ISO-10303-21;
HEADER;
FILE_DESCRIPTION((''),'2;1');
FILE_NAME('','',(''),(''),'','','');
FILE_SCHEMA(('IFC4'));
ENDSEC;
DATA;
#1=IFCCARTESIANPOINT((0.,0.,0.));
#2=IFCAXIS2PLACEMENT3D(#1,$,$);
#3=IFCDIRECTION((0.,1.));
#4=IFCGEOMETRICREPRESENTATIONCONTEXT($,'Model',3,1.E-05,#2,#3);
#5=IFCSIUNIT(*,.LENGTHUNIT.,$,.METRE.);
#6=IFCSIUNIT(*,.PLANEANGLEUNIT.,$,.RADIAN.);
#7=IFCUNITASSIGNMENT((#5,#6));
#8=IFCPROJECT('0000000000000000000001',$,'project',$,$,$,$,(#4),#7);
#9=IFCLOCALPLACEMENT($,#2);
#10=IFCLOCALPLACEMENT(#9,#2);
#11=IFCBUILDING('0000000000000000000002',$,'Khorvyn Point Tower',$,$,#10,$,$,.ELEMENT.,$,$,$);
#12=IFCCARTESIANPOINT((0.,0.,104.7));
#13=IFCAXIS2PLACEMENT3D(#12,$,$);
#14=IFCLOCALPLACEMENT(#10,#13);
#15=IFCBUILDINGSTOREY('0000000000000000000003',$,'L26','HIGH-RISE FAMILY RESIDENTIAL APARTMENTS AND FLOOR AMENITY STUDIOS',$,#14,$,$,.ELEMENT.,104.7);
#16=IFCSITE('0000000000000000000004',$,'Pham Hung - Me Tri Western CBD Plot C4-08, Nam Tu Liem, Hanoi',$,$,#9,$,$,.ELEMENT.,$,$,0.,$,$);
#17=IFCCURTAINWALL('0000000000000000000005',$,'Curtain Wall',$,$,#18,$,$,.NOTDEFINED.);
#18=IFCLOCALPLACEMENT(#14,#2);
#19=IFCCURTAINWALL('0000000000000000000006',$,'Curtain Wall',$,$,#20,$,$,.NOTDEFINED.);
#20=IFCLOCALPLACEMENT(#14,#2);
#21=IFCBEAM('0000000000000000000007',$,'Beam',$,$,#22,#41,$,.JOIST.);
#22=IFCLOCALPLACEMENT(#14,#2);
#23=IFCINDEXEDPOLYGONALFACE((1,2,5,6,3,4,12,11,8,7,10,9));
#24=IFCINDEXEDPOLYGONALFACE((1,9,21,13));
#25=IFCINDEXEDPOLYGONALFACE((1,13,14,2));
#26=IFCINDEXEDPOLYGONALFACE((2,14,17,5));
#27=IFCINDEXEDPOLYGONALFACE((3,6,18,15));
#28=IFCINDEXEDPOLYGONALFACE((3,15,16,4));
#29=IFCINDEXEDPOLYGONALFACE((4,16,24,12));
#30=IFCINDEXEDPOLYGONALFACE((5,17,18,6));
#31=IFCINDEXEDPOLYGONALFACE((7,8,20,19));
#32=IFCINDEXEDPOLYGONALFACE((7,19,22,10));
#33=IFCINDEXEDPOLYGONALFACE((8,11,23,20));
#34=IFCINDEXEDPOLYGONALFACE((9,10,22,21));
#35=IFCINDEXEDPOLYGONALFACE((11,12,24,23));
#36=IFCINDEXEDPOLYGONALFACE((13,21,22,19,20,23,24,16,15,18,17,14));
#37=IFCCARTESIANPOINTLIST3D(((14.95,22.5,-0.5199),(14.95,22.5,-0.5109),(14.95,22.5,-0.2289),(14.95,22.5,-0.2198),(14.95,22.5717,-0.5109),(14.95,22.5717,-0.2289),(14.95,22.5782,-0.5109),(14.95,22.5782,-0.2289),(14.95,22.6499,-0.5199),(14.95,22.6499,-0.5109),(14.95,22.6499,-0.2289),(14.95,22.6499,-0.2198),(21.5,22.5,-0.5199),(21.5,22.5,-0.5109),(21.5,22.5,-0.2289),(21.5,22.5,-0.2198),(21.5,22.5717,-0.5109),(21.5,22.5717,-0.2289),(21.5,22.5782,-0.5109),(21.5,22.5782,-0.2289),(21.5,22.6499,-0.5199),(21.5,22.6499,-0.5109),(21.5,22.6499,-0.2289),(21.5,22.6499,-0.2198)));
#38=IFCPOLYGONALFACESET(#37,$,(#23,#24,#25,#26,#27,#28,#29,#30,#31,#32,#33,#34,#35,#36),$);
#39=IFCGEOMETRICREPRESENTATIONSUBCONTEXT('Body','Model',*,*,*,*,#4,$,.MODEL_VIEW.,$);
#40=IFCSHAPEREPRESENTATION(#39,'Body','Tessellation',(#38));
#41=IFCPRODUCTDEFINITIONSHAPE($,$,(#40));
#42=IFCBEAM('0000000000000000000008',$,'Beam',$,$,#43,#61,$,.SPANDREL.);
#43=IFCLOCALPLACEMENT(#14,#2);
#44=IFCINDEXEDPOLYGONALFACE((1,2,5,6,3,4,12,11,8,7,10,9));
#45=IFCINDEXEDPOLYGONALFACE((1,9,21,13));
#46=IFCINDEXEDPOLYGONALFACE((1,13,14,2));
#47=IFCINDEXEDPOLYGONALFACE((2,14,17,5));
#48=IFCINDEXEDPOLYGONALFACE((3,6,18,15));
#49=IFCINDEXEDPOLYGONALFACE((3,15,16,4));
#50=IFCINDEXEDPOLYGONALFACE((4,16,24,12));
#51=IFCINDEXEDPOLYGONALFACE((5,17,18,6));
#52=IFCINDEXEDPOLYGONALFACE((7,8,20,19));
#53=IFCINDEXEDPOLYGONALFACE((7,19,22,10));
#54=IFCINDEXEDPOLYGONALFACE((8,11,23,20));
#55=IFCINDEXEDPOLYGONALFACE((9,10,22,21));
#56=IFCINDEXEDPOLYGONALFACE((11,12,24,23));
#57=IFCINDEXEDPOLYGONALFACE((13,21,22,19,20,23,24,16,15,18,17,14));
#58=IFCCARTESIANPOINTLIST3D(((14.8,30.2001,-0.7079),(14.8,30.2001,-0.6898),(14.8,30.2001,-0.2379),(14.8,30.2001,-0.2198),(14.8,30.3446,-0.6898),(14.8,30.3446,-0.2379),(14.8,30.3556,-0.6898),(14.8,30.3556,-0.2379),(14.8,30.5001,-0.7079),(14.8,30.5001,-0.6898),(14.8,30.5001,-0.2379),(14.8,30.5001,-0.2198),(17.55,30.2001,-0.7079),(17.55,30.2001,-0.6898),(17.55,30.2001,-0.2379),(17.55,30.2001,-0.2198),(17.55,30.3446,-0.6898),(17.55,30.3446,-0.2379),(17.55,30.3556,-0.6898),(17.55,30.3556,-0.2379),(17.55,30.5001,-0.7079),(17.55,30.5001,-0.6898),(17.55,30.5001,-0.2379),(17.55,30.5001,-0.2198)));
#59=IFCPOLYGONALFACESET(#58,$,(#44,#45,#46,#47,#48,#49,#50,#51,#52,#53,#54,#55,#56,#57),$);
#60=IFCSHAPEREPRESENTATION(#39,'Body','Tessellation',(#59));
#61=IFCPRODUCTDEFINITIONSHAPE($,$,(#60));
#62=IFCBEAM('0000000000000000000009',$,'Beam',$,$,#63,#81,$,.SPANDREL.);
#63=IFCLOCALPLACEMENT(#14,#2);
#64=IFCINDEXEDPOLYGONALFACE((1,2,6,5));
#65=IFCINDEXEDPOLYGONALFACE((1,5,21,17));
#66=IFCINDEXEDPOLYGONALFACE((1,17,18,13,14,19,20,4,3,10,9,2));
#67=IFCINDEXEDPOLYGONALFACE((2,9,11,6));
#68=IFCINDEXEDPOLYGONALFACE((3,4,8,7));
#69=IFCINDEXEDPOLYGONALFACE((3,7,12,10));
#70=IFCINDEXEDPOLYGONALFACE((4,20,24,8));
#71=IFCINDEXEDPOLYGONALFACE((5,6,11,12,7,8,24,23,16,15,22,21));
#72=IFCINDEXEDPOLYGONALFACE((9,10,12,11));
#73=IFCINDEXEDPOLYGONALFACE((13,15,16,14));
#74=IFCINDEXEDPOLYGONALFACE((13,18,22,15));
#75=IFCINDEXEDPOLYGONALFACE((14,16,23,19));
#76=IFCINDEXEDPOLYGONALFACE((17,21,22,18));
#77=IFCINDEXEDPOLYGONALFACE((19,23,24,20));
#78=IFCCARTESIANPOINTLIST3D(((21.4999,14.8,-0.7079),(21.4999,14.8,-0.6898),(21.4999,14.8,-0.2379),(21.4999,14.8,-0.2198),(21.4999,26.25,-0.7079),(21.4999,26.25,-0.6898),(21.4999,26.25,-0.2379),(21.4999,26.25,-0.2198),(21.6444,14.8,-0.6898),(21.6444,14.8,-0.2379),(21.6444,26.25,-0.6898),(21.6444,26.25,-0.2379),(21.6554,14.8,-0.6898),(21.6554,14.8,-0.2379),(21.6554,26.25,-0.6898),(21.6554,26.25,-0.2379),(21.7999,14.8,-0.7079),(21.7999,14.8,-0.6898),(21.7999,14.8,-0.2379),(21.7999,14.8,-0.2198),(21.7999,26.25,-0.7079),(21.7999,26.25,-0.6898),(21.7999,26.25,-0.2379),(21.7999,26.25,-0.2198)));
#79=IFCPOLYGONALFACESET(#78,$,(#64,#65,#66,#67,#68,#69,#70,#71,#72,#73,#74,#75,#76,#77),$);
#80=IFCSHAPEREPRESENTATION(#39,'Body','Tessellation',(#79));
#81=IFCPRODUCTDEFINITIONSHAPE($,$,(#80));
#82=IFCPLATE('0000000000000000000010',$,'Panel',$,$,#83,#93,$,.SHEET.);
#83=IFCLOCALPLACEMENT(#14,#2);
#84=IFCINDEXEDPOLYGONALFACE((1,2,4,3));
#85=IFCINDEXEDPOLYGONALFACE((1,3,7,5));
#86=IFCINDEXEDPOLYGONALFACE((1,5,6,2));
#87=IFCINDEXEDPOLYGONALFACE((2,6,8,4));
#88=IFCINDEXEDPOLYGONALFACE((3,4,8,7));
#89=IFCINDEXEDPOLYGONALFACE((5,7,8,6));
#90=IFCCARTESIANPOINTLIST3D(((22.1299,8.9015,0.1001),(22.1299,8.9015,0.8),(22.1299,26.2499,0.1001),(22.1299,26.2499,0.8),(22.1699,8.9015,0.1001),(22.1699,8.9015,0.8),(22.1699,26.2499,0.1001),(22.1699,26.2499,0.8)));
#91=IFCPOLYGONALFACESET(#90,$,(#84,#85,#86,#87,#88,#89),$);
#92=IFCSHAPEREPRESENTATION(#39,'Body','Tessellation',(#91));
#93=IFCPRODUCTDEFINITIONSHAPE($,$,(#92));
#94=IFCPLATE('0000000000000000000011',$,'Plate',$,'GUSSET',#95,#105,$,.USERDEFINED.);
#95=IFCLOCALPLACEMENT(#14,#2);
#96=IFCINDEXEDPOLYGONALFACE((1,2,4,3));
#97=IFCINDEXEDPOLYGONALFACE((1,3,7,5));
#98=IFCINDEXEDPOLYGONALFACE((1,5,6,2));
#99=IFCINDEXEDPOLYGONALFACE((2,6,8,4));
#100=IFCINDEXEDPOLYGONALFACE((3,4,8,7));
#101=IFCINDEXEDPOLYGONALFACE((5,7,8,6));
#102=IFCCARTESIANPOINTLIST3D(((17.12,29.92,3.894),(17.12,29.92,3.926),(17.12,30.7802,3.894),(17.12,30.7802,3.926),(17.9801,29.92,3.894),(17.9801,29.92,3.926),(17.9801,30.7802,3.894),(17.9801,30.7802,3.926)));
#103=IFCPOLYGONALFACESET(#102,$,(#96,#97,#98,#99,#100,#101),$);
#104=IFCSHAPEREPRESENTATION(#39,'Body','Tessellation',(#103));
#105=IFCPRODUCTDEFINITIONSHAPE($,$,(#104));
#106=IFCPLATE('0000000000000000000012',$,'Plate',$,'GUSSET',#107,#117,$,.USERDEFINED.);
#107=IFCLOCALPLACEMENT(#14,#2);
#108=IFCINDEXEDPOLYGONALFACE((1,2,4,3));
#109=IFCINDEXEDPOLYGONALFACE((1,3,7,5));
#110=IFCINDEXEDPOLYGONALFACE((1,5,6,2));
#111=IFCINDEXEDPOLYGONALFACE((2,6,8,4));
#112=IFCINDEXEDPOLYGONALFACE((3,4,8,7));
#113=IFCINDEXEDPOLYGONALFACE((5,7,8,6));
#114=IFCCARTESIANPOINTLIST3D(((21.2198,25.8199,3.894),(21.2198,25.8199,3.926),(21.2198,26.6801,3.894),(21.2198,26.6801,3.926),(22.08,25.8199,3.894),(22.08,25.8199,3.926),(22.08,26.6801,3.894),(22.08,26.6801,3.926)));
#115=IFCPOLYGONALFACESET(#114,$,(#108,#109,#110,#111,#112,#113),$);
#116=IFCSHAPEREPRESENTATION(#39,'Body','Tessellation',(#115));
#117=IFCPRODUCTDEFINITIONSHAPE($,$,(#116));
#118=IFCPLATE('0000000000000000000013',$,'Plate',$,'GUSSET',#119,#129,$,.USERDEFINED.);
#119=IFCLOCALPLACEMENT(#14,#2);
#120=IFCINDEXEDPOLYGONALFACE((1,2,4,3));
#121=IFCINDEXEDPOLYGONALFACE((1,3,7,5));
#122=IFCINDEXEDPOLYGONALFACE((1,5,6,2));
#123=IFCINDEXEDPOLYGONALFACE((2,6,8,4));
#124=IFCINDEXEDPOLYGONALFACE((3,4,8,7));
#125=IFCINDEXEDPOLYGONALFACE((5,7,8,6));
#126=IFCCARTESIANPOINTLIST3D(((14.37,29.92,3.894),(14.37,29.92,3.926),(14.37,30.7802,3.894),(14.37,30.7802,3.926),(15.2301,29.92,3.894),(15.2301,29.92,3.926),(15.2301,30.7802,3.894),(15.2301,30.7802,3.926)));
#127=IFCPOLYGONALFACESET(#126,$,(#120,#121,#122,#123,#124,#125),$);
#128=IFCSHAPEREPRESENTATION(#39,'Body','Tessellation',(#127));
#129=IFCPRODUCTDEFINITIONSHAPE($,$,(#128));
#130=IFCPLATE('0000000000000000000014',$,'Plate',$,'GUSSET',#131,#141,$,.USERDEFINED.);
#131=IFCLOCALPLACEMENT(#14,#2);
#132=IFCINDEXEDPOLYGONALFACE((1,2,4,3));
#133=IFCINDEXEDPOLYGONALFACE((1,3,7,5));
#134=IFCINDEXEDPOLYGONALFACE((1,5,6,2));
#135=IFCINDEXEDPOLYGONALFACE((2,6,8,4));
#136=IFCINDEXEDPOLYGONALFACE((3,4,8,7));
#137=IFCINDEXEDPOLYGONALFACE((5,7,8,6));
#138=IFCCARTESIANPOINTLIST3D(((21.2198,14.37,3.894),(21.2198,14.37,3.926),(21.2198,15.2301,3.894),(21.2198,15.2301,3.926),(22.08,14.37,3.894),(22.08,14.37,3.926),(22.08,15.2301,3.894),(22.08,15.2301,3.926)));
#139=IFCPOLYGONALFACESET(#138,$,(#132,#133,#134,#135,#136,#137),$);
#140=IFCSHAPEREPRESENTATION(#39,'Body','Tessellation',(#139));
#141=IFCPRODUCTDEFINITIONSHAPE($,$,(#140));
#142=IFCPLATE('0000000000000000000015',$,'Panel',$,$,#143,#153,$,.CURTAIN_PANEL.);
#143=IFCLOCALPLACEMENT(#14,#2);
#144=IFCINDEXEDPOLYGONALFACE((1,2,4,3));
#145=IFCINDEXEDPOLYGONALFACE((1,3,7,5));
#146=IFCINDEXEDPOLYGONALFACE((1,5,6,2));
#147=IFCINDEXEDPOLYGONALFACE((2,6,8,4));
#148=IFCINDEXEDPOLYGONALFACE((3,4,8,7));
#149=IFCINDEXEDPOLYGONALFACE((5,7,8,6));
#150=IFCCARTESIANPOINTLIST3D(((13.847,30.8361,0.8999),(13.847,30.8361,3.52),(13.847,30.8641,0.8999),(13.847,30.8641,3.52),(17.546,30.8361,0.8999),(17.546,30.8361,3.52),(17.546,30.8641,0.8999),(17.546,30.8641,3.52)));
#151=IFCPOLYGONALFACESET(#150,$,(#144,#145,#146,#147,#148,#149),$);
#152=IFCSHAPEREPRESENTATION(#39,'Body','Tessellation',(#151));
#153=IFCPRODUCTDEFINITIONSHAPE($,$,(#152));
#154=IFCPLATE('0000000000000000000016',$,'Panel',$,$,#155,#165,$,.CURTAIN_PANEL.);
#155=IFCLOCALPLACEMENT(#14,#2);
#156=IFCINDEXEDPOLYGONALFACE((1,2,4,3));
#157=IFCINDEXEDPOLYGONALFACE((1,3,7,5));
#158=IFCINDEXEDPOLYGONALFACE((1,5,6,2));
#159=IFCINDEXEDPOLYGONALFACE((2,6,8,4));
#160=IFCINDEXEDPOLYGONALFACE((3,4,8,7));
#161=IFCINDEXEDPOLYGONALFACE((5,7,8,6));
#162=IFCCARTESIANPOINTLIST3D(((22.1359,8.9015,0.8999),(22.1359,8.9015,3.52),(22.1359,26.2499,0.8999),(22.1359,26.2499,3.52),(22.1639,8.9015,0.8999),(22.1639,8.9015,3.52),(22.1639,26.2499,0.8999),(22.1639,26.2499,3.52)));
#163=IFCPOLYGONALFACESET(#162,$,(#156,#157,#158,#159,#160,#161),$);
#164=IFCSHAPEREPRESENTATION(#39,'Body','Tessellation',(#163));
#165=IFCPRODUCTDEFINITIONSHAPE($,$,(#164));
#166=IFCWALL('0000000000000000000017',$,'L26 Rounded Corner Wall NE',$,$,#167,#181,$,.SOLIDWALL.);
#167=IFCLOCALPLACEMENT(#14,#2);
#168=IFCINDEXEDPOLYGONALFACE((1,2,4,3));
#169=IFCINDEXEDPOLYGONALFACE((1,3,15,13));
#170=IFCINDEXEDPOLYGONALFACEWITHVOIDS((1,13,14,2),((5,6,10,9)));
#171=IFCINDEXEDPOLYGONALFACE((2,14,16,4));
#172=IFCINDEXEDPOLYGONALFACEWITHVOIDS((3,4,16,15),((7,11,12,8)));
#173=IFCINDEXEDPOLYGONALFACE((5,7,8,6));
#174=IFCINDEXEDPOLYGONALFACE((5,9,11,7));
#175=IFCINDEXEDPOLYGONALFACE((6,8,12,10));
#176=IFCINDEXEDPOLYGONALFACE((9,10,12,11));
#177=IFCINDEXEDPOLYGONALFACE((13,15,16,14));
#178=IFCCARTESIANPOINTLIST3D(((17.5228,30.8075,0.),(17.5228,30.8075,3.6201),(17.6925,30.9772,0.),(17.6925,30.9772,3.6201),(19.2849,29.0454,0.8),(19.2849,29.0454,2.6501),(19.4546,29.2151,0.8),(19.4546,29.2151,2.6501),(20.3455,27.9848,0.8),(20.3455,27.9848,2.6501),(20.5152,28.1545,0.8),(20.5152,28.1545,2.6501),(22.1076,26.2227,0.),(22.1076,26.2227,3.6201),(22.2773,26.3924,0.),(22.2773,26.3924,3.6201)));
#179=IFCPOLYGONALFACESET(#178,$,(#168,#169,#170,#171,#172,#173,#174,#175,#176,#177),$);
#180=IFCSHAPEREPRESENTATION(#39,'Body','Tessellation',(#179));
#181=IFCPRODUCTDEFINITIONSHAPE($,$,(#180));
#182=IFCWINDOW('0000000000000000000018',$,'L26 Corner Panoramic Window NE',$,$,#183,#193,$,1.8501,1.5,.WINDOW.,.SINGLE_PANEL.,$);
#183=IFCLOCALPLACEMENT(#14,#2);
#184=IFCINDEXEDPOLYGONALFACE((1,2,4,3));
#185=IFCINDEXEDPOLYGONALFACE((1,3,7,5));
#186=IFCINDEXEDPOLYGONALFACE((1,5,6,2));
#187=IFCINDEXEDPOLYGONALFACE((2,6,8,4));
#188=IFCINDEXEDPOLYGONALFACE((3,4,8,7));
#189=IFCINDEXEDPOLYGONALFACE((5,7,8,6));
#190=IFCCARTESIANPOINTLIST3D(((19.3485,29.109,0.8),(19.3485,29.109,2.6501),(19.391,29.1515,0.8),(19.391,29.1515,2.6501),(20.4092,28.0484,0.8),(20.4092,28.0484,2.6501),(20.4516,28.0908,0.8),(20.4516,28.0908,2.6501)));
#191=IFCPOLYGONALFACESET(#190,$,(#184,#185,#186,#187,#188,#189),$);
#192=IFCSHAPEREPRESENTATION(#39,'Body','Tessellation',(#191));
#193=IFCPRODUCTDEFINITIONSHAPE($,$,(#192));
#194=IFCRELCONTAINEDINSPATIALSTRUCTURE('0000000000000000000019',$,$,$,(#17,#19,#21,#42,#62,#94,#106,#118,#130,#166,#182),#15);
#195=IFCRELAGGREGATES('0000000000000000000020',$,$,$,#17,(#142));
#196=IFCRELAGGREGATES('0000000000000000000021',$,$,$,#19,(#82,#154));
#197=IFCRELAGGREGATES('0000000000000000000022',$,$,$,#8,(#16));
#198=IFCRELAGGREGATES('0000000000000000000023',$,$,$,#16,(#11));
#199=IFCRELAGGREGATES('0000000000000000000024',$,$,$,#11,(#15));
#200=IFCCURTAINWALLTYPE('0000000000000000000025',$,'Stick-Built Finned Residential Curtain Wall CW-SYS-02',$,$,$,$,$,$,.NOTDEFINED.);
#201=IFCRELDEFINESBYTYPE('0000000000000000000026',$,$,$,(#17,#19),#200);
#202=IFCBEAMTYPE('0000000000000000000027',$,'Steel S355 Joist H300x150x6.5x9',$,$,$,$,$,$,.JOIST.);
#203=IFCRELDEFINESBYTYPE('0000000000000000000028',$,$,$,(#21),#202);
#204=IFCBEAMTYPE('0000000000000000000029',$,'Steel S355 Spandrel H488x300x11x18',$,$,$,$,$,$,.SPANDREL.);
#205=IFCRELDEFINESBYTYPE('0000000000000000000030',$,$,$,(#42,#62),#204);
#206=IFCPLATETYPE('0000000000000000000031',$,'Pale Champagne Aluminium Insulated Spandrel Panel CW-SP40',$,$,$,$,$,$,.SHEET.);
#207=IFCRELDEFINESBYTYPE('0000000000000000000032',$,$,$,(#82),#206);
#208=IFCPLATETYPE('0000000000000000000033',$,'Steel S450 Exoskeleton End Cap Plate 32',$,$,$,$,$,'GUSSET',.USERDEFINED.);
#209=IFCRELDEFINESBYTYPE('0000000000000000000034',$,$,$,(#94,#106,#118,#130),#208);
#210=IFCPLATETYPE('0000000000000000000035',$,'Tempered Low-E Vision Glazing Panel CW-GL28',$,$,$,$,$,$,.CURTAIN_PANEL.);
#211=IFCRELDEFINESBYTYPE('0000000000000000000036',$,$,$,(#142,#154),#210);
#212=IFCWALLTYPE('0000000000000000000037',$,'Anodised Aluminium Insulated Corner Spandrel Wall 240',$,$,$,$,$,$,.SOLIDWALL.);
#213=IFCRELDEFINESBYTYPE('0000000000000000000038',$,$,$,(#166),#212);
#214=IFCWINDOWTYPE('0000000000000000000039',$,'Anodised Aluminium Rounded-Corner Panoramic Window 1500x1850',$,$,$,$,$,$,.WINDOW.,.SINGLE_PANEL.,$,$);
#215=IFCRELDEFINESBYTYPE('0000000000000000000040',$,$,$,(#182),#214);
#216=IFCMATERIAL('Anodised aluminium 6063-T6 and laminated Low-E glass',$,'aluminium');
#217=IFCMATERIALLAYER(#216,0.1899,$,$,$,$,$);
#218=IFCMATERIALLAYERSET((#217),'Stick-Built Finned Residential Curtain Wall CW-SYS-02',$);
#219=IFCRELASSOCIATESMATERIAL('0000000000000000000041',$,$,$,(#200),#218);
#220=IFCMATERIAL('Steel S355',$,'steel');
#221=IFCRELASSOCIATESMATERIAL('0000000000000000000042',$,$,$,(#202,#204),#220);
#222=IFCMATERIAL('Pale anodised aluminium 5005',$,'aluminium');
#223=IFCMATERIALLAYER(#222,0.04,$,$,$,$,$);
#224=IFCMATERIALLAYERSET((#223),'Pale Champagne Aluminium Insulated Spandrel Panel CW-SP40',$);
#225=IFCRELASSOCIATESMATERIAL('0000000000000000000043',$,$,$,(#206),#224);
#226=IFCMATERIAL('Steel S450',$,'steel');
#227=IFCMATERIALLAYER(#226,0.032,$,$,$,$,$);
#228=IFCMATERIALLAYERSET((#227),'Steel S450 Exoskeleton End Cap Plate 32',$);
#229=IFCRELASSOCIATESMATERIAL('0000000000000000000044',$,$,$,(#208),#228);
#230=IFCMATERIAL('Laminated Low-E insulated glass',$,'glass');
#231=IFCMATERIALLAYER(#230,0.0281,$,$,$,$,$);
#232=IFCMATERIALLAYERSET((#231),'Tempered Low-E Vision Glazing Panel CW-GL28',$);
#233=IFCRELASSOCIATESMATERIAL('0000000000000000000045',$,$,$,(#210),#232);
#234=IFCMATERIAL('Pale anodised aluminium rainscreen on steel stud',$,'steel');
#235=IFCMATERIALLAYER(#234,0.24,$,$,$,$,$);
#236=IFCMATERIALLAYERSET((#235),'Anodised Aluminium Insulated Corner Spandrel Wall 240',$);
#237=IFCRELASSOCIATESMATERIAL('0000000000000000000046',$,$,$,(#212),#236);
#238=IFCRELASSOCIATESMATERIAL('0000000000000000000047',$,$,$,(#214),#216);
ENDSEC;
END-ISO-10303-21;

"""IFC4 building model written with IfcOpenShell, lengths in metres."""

from ifc_helpers import new_model, si_unit, direction, frame, frame_2d, origin, origin_2d, place, context, subcontext, project, spatial, rectangle, i_section, extrude, material, layer, layer_set, material_profile, profile_set, type_object, element, fill, aggregate, save


model = new_model("IFC4")

# Units and contexts
model_context = context("Model", 3, precision=1e-05, world=origin(), true_north=direction((0.0, 1.0)))
body_context = subcontext(model_context, "Body", "Model", "MODEL_VIEW")
ifc_project = project(units=[si_unit("LENGTHUNIT", "METRE"), si_unit("PLANEANGLEUNIT", "RADIAN")], contexts=[model_context])

# Site, building, storey
site_placement = place(None, origin())
site = spatial("IfcSite", under=ifc_project, at=site_placement, Name="Pham Hung - Me Tri Western CBD Plot C4-08, Nam Tu Liem, Hanoi", CompositionType="ELEMENT", RefElevation=0.0)
building_placement = place(site_placement, origin())
building = spatial("IfcBuilding", under=site, at=building_placement, Name="Khorvyn Point Tower", CompositionType="ELEMENT")
storey_placement = place(building_placement, frame((0.0, 0.0, 104.7)))
storey = spatial("IfcBuildingStorey", under=building, at=storey_placement, Name="L26", Description="HIGH-RISE FAMILY RESIDENTIAL APARTMENTS AND FLOOR AMENITY STUDIOS", CompositionType="ELEMENT", Elevation=104.7)

# Shared definitions
ifc_material_1 = material(Name="Steel S450", Category="steel")

# Curtain wall
ifc_material_2 = material(Name="Anodised aluminium 6063-T6 and laminated Low-E glass", Category="aluminium")
ifc_layer_1 = layer(ifc_material_2, 0.1899)
ifc_layer_set_1 = layer_set([ifc_layer_1], Name="Stick-Built Finned Residential Curtain Wall CW-SYS-02")
curtain_wall_type = type_object("IfcCurtainWallType", Name="Stick-Built Finned Residential Curtain Wall CW-SYS-02", PredefinedType="NOTDEFINED", material=ifc_layer_set_1)
curtain_wall_1_placement = place(storey_placement, origin())
curtain_wall_1 = element("IfcCurtainWall", 1, at=curtain_wall_1_placement, inside=storey, type_object=curtain_wall_type, Name="Curtain Wall", PredefinedType="NOTDEFINED")

# Curtain wall
curtain_wall_2_placement = place(storey_placement, origin())
curtain_wall_2 = element("IfcCurtainWall", 2, at=curtain_wall_2_placement, inside=storey, type_object=curtain_wall_type, Name="Curtain Wall", PredefinedType="NOTDEFINED")

# Beams
ifc_material_3 = material(Name="Steel S355", Category="steel")
ifc_material_profile_1 = material_profile(ifc_material_3, i_section(OverallWidth=0.1499, OverallDepth=0.3, WebThickness=0.0066, FlangeThickness=0.009, at=origin_2d()))
ifc_profile_set_1 = profile_set([ifc_material_profile_1], Name="Steel S355 H300x150x6.5x9")
beam_type_1 = type_object("IfcBeamType", Name="Steel S355 Joist H300x150x6.5x9", PredefinedType="JOIST", material=ifc_profile_set_1)
beam_1_placement = place(storey_placement, frame((14.95, 22.575, -0.3699), z_axis=(1.0, 0.0, 0.0), x_axis=(0.0, 1.0, 0.0)))
element("IfcBeam", 3, at=beam_1_placement, inside=storey, type_object=beam_type_1, Name="Beam", PredefinedType="JOIST", context=body_context, shape_type="SweptSolid", body=[
    extrude(i_section(OverallWidth=0.1499, OverallDepth=0.3, WebThickness=0.0066, FlangeThickness=0.009, at=origin_2d()), origin(), (0.0, 0.0, 1.0), 6.55),
])
ifc_material_profile_2 = material_profile(ifc_material_3, i_section(OverallWidth=0.3, OverallDepth=0.488, WebThickness=0.011, FlangeThickness=0.0181, at=origin_2d()))
ifc_profile_set_2 = profile_set([ifc_material_profile_2], Name="Steel S355 H488x300x11x18")
beam_type_2 = type_object("IfcBeamType", Name="Steel S355 Spandrel H488x300x11x18", PredefinedType="SPANDREL", material=ifc_profile_set_2)
beam_2_placement = place(storey_placement, frame((14.8, 30.3501, -0.4639), z_axis=(1.0, 0.0, 0.0), x_axis=(0.0, 1.0, 0.0)))
element("IfcBeam", 4, at=beam_2_placement, inside=storey, type_object=beam_type_2, Name="Beam", PredefinedType="SPANDREL", context=body_context, shape_type="SweptSolid", body=[
    extrude(i_section(OverallWidth=0.3, OverallDepth=0.488, WebThickness=0.011, FlangeThickness=0.0181, at=origin_2d()), origin(), (0.0, 0.0, 1.0), 2.75),
])
beam_3_placement = place(storey_placement, frame((21.6499, 14.8, -0.4639), z_axis=(0.0, 1.0, 0.0), x_axis=(-1.0, 0.0, 0.0)))
element("IfcBeam", 5, at=beam_3_placement, inside=storey, type_object=beam_type_2, Name="Beam", PredefinedType="SPANDREL", context=body_context, shape_type="SweptSolid", body=[
    extrude(i_section(OverallWidth=0.3, OverallDepth=0.488, WebThickness=0.011, FlangeThickness=0.0181, at=origin_2d()), origin(), (0.0, 0.0, 1.0), 11.45),
])

# Plate
ifc_material_4 = material(Name="Pale anodised aluminium 5005", Category="aluminium")
ifc_layer_2 = layer(ifc_material_4, 0.04)
ifc_layer_set_2 = layer_set([ifc_layer_2], Name="Pale Champagne Aluminium Insulated Spandrel Panel CW-SP40")
plate_type_1 = type_object("IfcPlateType", Name="Pale Champagne Aluminium Insulated Spandrel Panel CW-SP40", PredefinedType="SHEET", material=ifc_layer_set_2)
plate_1_placement = place(storey_placement, frame((22.1499, 17.5757, 0.1001), z_axis=(0.0, 0.0, 1.0), x_axis=(0.0, -1.0, 0.0)))
plate_1 = element("IfcPlate", 6, at=plate_1_placement, type_object=plate_type_1, Name="Panel", PredefinedType="SHEET", context=body_context, shape_type="SweptSolid", body=[
    extrude(rectangle(XDim=17.3484, YDim=0.04, at=origin_2d()), origin(), (0.0, 0.0, 1.0), 0.7),
])

# Plates
ifc_layer_3 = layer(ifc_material_1, 0.032)
ifc_layer_set_3 = layer_set([ifc_layer_3], Name="Steel S450 Exoskeleton End Cap Plate 32")
plate_type_2 = type_object("IfcPlateType", Name="Steel S450 Exoskeleton End Cap Plate 32", ElementType="GUSSET", PredefinedType="USERDEFINED", material=ifc_layer_set_3)
for number, where, z_axis, x_axis, name in (
    (7, (17.55, 30.3501, 3.894), (0.0, 0.0, 1.0), (1.0, 0.0, 0.0), "Plate"),
    (8, (21.6499, 26.25, 3.894), (0.0, 0.0, 1.0), (1.0, 0.0, 0.0), "Plate"),
    (9, (14.8, 30.3501, 3.894), (0.0, 0.0, 1.0), (1.0, 0.0, 0.0), "Plate"),
    (10, (21.6499, 14.8, 3.894), (0.0, 0.0, 1.0), (1.0, 0.0, 0.0), "Plate"),
):
    element("IfcPlate", number, at=place(storey_placement, frame(where, z_axis=z_axis, x_axis=x_axis)), inside=storey, type_object=plate_type_2, Name=name, ObjectType="GUSSET", PredefinedType="USERDEFINED", context=body_context, shape_type="SweptSolid", body=[
        extrude(rectangle(XDim=0.8601, YDim=0.8601, at=origin_2d()), origin(), (0.0, 0.0, 1.0), 0.032),
    ])

# Plates
ifc_material_5 = material(Name="Laminated Low-E insulated glass", Category="glass")
ifc_layer_4 = layer(ifc_material_5, 0.0281)
ifc_layer_set_4 = layer_set([ifc_layer_4], Name="Tempered Low-E Vision Glazing Panel CW-GL28")
plate_type_3 = type_object("IfcPlateType", Name="Tempered Low-E Vision Glazing Panel CW-GL28", PredefinedType="CURTAIN_PANEL", material=ifc_layer_set_4)
plate_2_placement = place(storey_placement, frame((15.6965, 30.8501, 0.8999), z_axis=(0.0, 0.0, 1.0), x_axis=(1.0, 0.0, 0.0)))
plate_2 = element("IfcPlate", 11, at=plate_2_placement, type_object=plate_type_3, Name="Panel", PredefinedType="CURTAIN_PANEL", context=body_context, shape_type="SweptSolid", body=[
    extrude(rectangle(XDim=3.699, YDim=0.0281, at=origin_2d()), origin(), (0.0, 0.0, 1.0), 2.6201),
])
aggregate(curtain_wall_1, [plate_2])
plate_3_placement = place(storey_placement, frame((22.1499, 17.5757, 0.8999), z_axis=(0.0, 0.0, 1.0), x_axis=(0.0, -1.0, 0.0)))
plate_3 = element("IfcPlate", 12, at=plate_3_placement, type_object=plate_type_3, Name="Panel", PredefinedType="CURTAIN_PANEL", context=body_context, shape_type="SweptSolid", body=[
    extrude(rectangle(XDim=17.3484, YDim=0.0281, at=origin_2d()), origin(), (0.0, 0.0, 1.0), 2.6201),
])
aggregate(curtain_wall_2, [plate_1, plate_3])

# Wall, opening, window
ifc_material_6 = material(Name="Pale anodised aluminium rainscreen on steel stud", Category="steel")
ifc_layer_5 = layer(ifc_material_6, 0.24)
ifc_layer_set_5 = layer_set([ifc_layer_5], Name="Anodised Aluminium Insulated Corner Spandrel Wall 240")
wall_type_1 = type_object("IfcWallType", Name="Anodised Aluminium Insulated Corner Spandrel Wall 240", PredefinedType="SOLIDWALL", material=ifc_layer_set_5)
wall_1_placement = place(storey_placement, frame((17.6077, 30.8923, 0.0), z_axis=(0.0, 0.0, 1.0), x_axis=(0.707107, -0.707107, 0.0)))
wall_1 = element("IfcWall", 13, at=wall_1_placement, inside=storey, type_object=wall_type_1, Name="L26 Rounded Corner Wall NE", PredefinedType="SOLIDWALL", context=body_context, shape_type="SweptSolid", body=[
    extrude(rectangle(XDim=6.4839, YDim=0.24, at=frame_2d((3.2419, 0.0))), origin(), (0.0, 0.0, 1.0), 3.6201),
])
opening_1_placement = place(wall_1_placement, frame((2.4919, 0.0, 0.8)))
opening_1 = element("IfcOpeningElement", 14, at=opening_1_placement, cuts=wall_1, PredefinedType="OPENING", context=body_context, shape_type="SweptSolid", body=[
    extrude(rectangle(XDim=1.5, YDim=1.8501, at=frame_2d((0.75, 0.925))), frame((0.0, 0.1299, 0.0), z_axis=(0.0, -1.0, 0.0), x_axis=(1.0, 0.0, 0.0)), (0.0, 0.0, 1.0), 0.26),
])
window_type = type_object("IfcWindowType", Name="Anodised Aluminium Rounded-Corner Panoramic Window 1500x1850", PartitioningType="SINGLE_PANEL", PredefinedType="WINDOW", material=ifc_material_2)
window_placement = place(opening_1_placement, origin())
window = element("IfcWindow", 15, at=window_placement, inside=storey, type_object=window_type, Name="L26 Corner Panoramic Window NE", OverallHeight=1.8501, OverallWidth=1.5, PartitioningType="SINGLE_PANEL", PredefinedType="WINDOW", context=body_context, shape_type="SweptSolid", body=[
    extrude(rectangle(XDim=1.5, YDim=1.8501, at=frame_2d((0.75, 0.925))), frame((0.0, 0.03, 0.0), z_axis=(0.0, -1.0, 0.0), x_axis=(1.0, 0.0, 0.0)), (0.0, 0.0, 1.0), 0.0601),
])
fill(opening_1, window)

save(model, "model.ifc")
